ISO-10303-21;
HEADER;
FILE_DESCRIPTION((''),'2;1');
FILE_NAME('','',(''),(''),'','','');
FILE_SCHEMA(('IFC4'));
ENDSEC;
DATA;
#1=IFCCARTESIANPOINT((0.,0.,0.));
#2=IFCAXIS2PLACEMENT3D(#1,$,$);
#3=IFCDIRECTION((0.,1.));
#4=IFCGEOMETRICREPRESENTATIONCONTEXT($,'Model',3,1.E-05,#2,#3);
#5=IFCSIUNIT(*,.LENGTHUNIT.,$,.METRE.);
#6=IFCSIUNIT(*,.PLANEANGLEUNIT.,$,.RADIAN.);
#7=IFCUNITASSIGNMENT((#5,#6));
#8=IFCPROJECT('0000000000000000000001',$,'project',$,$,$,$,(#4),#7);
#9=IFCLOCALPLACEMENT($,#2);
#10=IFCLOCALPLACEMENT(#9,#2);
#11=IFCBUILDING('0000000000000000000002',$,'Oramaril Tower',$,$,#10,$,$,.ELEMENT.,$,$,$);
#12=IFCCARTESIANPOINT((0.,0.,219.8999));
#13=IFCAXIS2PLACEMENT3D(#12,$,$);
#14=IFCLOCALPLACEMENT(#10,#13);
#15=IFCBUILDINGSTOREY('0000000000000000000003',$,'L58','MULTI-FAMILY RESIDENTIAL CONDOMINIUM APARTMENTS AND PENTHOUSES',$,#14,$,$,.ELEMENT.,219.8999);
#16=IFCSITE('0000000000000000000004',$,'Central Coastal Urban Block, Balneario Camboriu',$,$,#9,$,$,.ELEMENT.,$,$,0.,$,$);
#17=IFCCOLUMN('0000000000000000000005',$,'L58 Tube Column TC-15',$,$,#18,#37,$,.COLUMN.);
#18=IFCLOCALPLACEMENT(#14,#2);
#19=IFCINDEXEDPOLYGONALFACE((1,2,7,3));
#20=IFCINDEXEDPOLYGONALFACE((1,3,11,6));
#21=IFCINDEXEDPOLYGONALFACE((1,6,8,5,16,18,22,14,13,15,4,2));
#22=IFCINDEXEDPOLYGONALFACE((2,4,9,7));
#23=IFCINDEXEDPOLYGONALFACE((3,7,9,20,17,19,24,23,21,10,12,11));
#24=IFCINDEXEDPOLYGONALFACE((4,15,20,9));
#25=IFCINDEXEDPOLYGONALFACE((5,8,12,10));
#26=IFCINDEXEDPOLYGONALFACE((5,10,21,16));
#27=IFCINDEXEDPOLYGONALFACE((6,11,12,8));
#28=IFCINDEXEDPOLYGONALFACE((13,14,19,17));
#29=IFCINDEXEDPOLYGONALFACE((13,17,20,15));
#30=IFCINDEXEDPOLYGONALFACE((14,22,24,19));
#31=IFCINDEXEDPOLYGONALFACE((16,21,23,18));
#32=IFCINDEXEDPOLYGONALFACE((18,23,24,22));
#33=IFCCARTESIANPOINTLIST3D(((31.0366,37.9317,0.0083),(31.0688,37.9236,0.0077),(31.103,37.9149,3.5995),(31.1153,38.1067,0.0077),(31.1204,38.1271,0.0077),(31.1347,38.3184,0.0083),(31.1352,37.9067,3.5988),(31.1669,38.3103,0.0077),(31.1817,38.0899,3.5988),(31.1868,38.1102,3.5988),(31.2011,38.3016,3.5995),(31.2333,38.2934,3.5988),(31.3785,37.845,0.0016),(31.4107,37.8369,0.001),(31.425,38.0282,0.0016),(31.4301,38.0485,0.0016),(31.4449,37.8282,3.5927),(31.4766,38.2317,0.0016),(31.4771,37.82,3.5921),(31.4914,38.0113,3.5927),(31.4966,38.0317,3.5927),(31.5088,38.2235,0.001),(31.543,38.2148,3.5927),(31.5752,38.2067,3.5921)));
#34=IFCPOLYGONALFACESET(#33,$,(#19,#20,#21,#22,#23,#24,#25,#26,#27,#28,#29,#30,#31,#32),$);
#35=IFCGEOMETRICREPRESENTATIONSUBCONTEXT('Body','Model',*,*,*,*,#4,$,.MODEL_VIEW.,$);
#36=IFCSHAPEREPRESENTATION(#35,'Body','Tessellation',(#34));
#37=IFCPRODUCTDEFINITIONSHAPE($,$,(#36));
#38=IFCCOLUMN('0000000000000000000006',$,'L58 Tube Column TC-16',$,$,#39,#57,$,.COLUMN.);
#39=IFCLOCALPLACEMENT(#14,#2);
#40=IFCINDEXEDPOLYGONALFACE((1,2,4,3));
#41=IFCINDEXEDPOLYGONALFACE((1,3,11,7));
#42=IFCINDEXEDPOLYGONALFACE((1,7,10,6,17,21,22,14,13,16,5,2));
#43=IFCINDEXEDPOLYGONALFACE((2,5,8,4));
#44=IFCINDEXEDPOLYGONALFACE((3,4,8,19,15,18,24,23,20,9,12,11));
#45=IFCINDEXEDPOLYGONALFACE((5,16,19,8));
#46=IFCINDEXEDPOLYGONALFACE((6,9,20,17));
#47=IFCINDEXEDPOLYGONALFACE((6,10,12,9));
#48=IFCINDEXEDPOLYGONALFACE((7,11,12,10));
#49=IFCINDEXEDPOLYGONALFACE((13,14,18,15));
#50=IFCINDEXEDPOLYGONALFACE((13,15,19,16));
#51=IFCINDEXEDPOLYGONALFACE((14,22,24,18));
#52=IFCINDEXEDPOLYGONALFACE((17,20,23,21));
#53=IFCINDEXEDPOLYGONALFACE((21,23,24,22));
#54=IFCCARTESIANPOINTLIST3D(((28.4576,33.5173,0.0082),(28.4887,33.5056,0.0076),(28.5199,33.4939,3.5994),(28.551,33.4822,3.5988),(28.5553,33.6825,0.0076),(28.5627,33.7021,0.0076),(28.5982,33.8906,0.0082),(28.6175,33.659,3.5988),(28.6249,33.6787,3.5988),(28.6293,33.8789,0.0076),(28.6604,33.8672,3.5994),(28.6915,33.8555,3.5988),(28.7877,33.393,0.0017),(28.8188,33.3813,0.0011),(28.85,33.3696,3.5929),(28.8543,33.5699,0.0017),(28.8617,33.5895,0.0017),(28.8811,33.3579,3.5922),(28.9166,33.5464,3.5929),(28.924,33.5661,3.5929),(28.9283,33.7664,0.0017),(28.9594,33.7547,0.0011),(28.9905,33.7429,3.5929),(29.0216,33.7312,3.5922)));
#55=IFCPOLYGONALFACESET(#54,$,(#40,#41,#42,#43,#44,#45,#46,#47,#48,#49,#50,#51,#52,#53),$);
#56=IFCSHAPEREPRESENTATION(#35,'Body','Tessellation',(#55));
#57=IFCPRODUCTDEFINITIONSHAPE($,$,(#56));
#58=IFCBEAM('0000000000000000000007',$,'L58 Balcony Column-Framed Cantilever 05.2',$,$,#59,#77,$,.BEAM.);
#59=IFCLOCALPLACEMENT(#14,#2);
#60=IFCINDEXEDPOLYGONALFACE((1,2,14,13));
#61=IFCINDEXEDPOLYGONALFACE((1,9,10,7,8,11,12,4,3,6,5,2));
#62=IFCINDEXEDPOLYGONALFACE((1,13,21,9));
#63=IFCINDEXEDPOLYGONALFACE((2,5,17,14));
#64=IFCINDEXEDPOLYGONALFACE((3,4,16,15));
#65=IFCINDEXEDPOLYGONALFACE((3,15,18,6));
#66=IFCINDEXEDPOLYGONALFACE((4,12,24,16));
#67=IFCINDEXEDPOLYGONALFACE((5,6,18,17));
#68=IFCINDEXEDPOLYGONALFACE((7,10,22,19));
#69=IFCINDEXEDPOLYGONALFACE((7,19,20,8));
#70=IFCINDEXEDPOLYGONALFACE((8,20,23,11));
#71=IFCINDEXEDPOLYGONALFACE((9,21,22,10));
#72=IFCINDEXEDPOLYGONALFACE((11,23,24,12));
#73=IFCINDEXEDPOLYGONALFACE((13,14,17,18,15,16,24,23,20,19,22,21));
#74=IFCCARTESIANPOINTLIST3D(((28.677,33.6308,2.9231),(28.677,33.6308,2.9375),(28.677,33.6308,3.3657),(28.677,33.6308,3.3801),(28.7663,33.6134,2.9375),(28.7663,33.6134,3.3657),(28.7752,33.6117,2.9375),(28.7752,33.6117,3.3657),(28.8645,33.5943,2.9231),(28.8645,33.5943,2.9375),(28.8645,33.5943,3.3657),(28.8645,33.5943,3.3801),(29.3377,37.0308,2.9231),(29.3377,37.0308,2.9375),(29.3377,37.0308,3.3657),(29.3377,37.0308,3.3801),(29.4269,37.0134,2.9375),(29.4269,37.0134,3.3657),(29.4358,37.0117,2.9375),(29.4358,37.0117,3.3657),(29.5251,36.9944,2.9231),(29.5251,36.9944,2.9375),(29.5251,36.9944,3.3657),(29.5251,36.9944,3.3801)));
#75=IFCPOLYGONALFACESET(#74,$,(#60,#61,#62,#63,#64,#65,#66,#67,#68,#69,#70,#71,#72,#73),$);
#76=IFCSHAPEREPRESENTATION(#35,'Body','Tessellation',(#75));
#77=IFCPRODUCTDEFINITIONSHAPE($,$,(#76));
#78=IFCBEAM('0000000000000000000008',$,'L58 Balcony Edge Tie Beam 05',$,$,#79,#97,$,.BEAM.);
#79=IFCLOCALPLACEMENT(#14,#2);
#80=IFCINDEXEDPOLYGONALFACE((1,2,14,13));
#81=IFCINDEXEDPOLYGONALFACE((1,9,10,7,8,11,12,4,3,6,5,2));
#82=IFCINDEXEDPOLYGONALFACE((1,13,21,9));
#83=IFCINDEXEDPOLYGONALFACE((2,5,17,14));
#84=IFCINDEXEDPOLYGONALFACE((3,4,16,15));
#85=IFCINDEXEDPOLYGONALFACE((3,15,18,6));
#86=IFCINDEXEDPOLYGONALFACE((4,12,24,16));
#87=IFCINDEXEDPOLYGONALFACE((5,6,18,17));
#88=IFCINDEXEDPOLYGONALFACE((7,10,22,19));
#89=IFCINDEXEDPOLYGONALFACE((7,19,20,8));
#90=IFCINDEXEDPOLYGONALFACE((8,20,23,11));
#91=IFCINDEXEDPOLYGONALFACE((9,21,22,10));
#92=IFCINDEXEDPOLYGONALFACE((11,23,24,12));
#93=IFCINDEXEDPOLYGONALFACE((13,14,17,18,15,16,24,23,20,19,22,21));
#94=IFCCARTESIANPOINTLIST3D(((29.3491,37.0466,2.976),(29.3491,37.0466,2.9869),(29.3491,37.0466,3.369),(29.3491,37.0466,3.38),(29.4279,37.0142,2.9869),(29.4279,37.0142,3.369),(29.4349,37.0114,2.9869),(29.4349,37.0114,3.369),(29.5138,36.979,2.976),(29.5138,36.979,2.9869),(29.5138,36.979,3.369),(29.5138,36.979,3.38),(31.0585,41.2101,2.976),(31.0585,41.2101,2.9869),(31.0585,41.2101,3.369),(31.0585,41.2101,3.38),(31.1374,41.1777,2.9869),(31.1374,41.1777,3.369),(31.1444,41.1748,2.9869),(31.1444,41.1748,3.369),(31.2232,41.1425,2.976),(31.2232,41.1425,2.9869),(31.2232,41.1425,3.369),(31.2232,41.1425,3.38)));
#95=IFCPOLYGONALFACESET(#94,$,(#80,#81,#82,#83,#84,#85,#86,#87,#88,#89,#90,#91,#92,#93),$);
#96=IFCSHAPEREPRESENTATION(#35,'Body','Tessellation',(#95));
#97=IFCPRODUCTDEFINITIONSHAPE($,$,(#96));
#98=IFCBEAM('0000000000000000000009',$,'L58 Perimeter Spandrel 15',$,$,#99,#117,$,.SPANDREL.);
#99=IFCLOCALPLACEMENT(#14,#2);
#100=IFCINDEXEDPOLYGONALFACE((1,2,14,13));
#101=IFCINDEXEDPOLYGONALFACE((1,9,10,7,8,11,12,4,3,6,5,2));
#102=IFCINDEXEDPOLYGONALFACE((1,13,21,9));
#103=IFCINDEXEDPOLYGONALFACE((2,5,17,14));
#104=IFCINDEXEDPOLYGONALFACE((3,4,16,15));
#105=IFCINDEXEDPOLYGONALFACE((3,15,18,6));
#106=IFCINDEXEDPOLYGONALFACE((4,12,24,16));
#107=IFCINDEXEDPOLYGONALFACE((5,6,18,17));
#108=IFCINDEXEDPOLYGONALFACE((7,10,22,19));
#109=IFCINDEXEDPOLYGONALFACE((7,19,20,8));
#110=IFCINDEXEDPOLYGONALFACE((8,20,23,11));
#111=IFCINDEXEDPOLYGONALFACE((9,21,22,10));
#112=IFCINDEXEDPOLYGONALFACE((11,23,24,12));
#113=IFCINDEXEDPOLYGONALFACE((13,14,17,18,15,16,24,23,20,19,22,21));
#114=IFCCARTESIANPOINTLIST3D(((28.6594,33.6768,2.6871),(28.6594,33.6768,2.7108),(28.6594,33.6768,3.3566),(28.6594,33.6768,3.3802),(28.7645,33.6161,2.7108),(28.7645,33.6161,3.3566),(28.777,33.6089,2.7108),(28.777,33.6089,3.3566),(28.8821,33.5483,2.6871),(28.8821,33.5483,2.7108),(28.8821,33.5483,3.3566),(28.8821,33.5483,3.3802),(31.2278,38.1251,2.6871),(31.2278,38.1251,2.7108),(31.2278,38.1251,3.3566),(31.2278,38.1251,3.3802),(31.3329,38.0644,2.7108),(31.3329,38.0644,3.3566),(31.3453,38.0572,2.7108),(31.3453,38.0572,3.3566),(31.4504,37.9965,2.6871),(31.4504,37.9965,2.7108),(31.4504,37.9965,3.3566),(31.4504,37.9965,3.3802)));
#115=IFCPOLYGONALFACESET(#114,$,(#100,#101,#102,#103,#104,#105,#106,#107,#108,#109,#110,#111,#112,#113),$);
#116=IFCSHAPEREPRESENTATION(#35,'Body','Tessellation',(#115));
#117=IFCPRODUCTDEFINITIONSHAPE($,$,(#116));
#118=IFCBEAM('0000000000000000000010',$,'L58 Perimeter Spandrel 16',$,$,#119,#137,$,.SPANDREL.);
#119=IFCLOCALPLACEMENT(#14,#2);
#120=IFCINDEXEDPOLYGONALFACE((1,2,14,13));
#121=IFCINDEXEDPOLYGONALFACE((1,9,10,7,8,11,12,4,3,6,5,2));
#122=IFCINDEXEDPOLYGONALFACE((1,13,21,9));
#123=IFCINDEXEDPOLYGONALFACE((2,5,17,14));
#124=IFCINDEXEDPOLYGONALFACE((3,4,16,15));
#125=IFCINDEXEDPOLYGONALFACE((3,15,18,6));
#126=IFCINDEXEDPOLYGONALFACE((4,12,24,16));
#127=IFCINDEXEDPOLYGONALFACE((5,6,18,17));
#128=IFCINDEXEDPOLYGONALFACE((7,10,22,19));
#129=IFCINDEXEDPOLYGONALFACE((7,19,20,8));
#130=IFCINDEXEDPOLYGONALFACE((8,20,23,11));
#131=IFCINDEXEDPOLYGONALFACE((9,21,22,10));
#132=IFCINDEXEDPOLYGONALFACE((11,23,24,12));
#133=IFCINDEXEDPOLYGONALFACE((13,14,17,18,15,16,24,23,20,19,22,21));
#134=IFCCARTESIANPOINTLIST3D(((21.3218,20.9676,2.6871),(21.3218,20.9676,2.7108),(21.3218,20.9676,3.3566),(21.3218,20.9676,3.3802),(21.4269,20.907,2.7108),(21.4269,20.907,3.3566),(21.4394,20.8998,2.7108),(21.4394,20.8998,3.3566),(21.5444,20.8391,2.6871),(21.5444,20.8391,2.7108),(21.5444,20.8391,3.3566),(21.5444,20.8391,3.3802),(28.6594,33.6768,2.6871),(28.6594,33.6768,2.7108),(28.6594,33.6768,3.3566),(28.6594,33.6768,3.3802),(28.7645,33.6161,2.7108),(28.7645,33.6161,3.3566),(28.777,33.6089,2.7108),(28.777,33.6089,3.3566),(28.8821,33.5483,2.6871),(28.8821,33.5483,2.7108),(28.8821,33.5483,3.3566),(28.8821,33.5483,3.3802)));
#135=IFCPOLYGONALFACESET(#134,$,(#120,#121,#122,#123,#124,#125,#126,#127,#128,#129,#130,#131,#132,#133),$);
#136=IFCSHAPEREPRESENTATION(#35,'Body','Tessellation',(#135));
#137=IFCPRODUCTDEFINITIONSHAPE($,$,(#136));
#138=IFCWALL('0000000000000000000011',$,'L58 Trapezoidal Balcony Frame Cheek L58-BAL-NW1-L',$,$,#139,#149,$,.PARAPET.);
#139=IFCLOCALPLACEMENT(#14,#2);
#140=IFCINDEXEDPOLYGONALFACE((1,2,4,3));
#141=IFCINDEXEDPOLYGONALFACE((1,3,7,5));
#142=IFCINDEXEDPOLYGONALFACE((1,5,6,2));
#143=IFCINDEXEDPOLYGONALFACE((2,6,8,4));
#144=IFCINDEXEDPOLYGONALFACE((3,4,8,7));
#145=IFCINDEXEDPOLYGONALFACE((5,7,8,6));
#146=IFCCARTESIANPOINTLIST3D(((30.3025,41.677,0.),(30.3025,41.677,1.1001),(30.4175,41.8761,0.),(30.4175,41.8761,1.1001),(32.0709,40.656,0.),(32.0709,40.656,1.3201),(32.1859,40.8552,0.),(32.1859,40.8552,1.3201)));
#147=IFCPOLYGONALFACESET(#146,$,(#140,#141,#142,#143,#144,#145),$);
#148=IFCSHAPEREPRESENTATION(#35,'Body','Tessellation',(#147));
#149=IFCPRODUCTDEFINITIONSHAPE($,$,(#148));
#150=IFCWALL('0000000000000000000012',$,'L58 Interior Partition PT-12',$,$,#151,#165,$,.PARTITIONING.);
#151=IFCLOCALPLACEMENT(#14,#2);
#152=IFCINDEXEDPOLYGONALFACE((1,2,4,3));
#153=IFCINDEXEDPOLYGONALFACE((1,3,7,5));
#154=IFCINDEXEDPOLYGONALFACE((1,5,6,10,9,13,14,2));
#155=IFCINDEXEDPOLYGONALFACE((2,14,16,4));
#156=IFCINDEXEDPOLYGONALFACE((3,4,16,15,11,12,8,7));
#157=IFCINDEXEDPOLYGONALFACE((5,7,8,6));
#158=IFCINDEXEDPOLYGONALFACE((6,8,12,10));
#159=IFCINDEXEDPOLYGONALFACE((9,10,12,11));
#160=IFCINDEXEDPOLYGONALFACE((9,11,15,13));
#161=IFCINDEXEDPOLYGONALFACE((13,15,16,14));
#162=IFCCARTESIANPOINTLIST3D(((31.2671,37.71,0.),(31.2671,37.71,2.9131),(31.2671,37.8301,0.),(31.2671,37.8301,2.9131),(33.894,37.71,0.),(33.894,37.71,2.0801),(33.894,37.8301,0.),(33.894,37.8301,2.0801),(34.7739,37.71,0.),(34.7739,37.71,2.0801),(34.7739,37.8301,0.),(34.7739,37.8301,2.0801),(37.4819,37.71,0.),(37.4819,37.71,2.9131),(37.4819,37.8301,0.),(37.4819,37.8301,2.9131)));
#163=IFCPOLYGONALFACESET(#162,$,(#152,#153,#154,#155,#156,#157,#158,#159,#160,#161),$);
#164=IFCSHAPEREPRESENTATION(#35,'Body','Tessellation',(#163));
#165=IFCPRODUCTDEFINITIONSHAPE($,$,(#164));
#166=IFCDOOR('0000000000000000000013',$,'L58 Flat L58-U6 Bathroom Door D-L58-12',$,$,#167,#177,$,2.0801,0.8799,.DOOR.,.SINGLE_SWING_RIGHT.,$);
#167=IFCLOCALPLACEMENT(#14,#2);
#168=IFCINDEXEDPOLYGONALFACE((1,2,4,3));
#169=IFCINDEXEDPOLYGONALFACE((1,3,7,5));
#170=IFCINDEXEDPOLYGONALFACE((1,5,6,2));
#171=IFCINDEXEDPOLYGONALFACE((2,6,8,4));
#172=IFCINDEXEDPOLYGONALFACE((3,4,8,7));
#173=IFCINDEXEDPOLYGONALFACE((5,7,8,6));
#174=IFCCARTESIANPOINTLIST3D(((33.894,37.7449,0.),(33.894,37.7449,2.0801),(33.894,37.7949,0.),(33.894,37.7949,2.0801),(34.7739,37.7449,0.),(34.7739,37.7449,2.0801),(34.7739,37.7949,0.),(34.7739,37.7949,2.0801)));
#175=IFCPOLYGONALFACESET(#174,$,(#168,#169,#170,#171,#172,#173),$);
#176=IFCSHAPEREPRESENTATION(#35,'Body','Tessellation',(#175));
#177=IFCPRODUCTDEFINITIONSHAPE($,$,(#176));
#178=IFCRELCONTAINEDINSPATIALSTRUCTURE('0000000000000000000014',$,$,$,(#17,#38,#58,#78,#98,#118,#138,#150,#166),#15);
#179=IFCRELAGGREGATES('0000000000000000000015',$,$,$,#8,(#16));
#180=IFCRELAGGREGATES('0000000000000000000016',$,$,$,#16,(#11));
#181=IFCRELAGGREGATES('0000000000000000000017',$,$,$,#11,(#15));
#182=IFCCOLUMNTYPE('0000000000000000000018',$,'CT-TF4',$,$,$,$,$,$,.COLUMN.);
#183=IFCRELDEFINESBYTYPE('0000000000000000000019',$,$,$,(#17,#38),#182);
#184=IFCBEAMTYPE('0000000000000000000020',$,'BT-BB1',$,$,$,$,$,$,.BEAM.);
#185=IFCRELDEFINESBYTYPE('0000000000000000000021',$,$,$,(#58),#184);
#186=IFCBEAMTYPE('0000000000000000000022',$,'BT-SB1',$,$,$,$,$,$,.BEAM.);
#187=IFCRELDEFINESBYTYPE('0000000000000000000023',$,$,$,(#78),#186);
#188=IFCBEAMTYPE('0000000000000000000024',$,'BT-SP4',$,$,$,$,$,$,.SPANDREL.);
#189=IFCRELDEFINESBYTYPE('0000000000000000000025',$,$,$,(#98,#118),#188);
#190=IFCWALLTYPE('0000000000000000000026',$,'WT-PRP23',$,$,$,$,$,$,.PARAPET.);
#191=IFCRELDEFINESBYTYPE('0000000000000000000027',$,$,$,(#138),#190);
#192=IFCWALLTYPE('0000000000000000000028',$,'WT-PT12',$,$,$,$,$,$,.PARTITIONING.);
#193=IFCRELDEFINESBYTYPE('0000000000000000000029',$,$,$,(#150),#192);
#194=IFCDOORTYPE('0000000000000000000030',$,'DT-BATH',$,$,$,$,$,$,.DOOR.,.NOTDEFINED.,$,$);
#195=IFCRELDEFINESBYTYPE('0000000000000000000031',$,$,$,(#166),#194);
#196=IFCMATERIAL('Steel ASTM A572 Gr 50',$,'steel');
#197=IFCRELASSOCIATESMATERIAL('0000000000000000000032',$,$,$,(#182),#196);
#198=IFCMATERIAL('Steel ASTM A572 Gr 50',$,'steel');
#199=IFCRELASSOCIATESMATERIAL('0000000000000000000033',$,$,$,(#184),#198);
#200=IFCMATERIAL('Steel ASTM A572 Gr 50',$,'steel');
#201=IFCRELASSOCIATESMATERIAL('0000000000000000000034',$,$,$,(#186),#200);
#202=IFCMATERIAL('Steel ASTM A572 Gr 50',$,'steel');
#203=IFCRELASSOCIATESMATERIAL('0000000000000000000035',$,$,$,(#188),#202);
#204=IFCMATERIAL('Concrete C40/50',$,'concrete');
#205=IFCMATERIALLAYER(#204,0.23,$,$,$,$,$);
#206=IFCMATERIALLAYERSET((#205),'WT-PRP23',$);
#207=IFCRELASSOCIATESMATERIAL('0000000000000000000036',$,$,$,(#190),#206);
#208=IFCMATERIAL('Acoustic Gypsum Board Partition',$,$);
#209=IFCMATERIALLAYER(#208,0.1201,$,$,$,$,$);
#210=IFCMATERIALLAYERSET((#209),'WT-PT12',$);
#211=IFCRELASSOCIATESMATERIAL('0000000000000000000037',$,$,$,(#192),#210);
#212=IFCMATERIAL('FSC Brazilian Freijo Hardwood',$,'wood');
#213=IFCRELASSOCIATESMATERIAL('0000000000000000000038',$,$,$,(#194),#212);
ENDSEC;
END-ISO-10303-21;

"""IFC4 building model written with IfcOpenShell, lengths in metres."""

from ifc_helpers import new_model, si_unit, direction, frame, frame_2d, origin, origin_2d, place, context, subcontext, project, spatial, polyline, rectangle, i_section, outline, extrude, material, layer, layer_set, material_profile, profile_set, type_object, element, fill, save


model = new_model("IFC4")

# Units and contexts
model_context = context("Model", 3, precision=1e-05, world=origin(), true_north=direction((0.0, 1.0)))
body_context = subcontext(model_context, "Body", "Model", "MODEL_VIEW")
ifc_project = project(units=[si_unit("LENGTHUNIT", "METRE"), si_unit("PLANEANGLEUNIT", "RADIAN")], contexts=[model_context])

# Site, building, storey
site_placement = place(None, origin())
site = spatial("IfcSite", under=ifc_project, at=site_placement, Name="Central Coastal Urban Block, Balneario Camboriu", CompositionType="ELEMENT", RefElevation=0.0)
building_placement = place(site_placement, origin())
building = spatial("IfcBuilding", under=site, at=building_placement, Name="Oramaril Tower", CompositionType="ELEMENT")
storey_placement = place(building_placement, frame((0.0, 0.0, 219.8999)))
storey = spatial("IfcBuildingStorey", under=building, at=storey_placement, Name="L58", Description="MULTI-FAMILY RESIDENTIAL CONDOMINIUM APARTMENTS AND PENTHOUSES", CompositionType="ELEMENT", Elevation=219.8999)

# Columns
ifc_material_1 = material(Name="Steel ASTM A572 Gr 50", Category="steel")
ifc_material_profile_1 = material_profile(ifc_material_1, i_section(OverallWidth=0.3989, OverallDepth=0.386, WebThickness=0.021, FlangeThickness=0.0332, at=origin_2d()), Name="W14X176")
ifc_profile_set_1 = profile_set([ifc_material_profile_1], Name="Steel ASTM A572 Gr 50")
column_type = type_object("IfcColumnType", Name="CT-TF4", PredefinedType="COLUMN", material=ifc_profile_set_1)
for number, where, z_axis, x_axis, name in (
    (1, (31.2727, 38.0776, 0.0046), (0.018489, -0.00469, 0.999818), (0.245888, 0.969298, 0.0), "L58 Tube Column TC-15"),
    (2, (28.7085, 33.636, 0.0046), (0.017333, -0.006525, 0.999828), (0.35233, 0.935876, 0.0), "L58 Tube Column TC-16"),
):
    element("IfcColumn", number, at=place(storey_placement, frame(where, z_axis=z_axis, x_axis=x_axis)), inside=storey, type_object=column_type, Name=name, PredefinedType="COLUMN", context=body_context, shape_type="SweptSolid", body=[
        extrude(i_section(OverallWidth=0.3989, OverallDepth=0.386, WebThickness=0.021, FlangeThickness=0.0332, at=origin_2d()), origin(), (0.0, 0.0, 1.0), 3.5918),
    ])

# Beams
ifc_material_2 = material(Name="Steel ASTM A572 Gr 50", Category="steel")
ifc_material_profile_2 = material_profile(ifc_material_2, i_section(OverallWidth=0.1909, OverallDepth=0.457, WebThickness=0.009, FlangeThickness=0.0144, at=origin_2d()), Name="W18X50")
ifc_profile_set_2 = profile_set([ifc_material_profile_2], Name="Steel ASTM A572 Gr 50")
beam_type_1 = type_object("IfcBeamType", Name="BT-BB1", PredefinedType="BEAM", material=ifc_profile_set_2)
beam_1_placement = place(storey_placement, frame((28.7708, 33.6125, 3.1516), z_axis=(0.190732, 0.981642, 0.0), x_axis=(-0.981642, 0.190732, 0.0)))
element("IfcBeam", 3, at=beam_1_placement, inside=storey, type_object=beam_type_1, Name="L58 Balcony Column-Framed Cantilever 05.2", PredefinedType="BEAM", context=body_context, shape_type="SweptSolid", body=[
    extrude(i_section(OverallWidth=0.1909, OverallDepth=0.457, WebThickness=0.009, FlangeThickness=0.0144, at=origin_2d()), origin(), (0.0, 0.0, 1.0), 3.4636),
])
ifc_material_3 = material(Name="Steel ASTM A572 Gr 50", Category="steel")
ifc_material_profile_3 = material_profile(ifc_material_3, i_section(OverallWidth=0.178, OverallDepth=0.4041, WebThickness=0.0076, FlangeThickness=0.011, at=origin_2d()), Name="W16X36")
ifc_profile_set_3 = profile_set([ifc_material_profile_3], Name="Steel ASTM A572 Gr 50")
beam_type_2 = type_object("IfcBeamType", Name="BT-SB1", PredefinedType="BEAM", material=ifc_profile_set_3)
beam_2_placement = place(storey_placement, frame((31.1409, 41.1763, 3.178), z_axis=(-0.379811, -0.925064, 0.0), x_axis=(0.925064, -0.379811, 0.0)))
element("IfcBeam", 4, at=beam_2_placement, inside=storey, type_object=beam_type_2, Name="L58 Balcony Edge Tie Beam 05", PredefinedType="BEAM", context=body_context, shape_type="SweptSolid", body=[
    extrude(i_section(OverallWidth=0.178, OverallDepth=0.4041, WebThickness=0.0076, FlangeThickness=0.011, at=origin_2d()), origin(), (0.0, 0.0, 1.0), 4.5007),
])
ifc_material_4 = material(Name="Steel ASTM A572 Gr 50", Category="steel")
ifc_material_profile_4 = material_profile(ifc_material_4, i_section(OverallWidth=0.2571, OverallDepth=0.6931, WebThickness=0.0144, FlangeThickness=0.0237, at=origin_2d()), Name="W27X114")
ifc_profile_set_4 = profile_set([ifc_material_profile_4], Name="Steel ASTM A572 Gr 50")
beam_type_3 = type_object("IfcBeamType", Name="BT-SP4", PredefinedType="SPANDREL", material=ifc_profile_set_4)
beam_3_placement = place(storey_placement, frame((31.3391, 38.0608, 3.0337), z_axis=(-0.500024, -0.866011, 0.0), x_axis=(0.866011, -0.500024, 0.0)))
element("IfcBeam", 5, at=beam_3_placement, inside=storey, type_object=beam_type_3, Name="L58 Perimeter Spandrel 15", PredefinedType="SPANDREL", context=body_context, shape_type="SweptSolid", body=[
    extrude(i_section(OverallWidth=0.2571, OverallDepth=0.6931, WebThickness=0.0144, FlangeThickness=0.0237, at=origin_2d()), origin(), (0.0, 0.0, 1.0), 5.1365),
])
beam_4_placement = place(storey_placement, frame((28.7708, 33.6125, 3.0337), z_axis=(-0.499998, -0.866026, 0.0), x_axis=(0.866026, -0.499998, 0.0)))
element("IfcBeam", 6, at=beam_4_placement, inside=storey, type_object=beam_type_3, Name="L58 Perimeter Spandrel 16", PredefinedType="SPANDREL", context=body_context, shape_type="SweptSolid", body=[
    extrude(i_section(OverallWidth=0.2571, OverallDepth=0.6931, WebThickness=0.0144, FlangeThickness=0.0237, at=origin_2d()), origin(), (0.0, 0.0, 1.0), 14.6753),
])

# Wall
ifc_material_5 = material(Name="Concrete C40/50", Category="concrete")
ifc_layer_1 = layer(ifc_material_5, 0.23)
ifc_layer_set_1 = layer_set([ifc_layer_1], Name="WT-PRP23")
wall_type_1 = type_object("IfcWallType", Name="WT-PRP23", PredefinedType="PARAPET", material=ifc_layer_set_1)
wall_1_placement = place(storey_placement, frame((32.1284, 40.7556, 0.0), z_axis=(0.0, 0.0, 1.0), x_axis=(-0.866042, 0.499971, 0.0)))
element("IfcWall", 7, at=wall_1_placement, inside=storey, type_object=wall_type_1, Name="L58 Trapezoidal Balcony Frame Cheek L58-BAL-NW1-L", PredefinedType="PARAPET", context=body_context, shape_type="SweptSolid", body=[
    extrude(outline(polyline([(0.0, 0.0), (2.042, 0.0), (2.042, 1.1001), (0.0, 1.3201), (0.0, 0.0)])), frame((0.0, 0.115, 0.0), z_axis=(0.0, -1.0, 0.0), x_axis=(1.0, 0.0, 0.0)), (0.0, 0.0, 1.0), 0.23),
])

# Wall, opening, door
ifc_material_6 = material(Name="Acoustic Gypsum Board Partition")
ifc_layer_2 = layer(ifc_material_6, 0.1201)
ifc_layer_set_2 = layer_set([ifc_layer_2], Name="WT-PT12")
wall_type_2 = type_object("IfcWallType", Name="WT-PT12", PredefinedType="PARTITIONING", material=ifc_layer_set_2)
wall_2_placement = place(storey_placement, frame((31.2671, 37.77, 0.0), z_axis=(0.0, 0.0, 1.0), x_axis=(1.0, 0.0, 0.0)))
wall_2 = element("IfcWall", 8, at=wall_2_placement, inside=storey, type_object=wall_type_2, Name="L58 Interior Partition PT-12", PredefinedType="PARTITIONING", context=body_context, shape_type="SweptSolid", body=[
    extrude(rectangle(XDim=6.2148, YDim=0.1201, at=frame_2d((3.1074, 0.0))), origin(), (0.0, 0.0, 1.0), 2.9131),
])
opening_placement = place(wall_2_placement, frame((2.627, 0.0, 0.0)))
opening = element("IfcOpeningElement", 9, at=opening_placement, cuts=wall_2, PredefinedType="OPENING", context=body_context, shape_type="SweptSolid", body=[
    extrude(rectangle(XDim=0.8799, YDim=2.0801, at=frame_2d((0.4399, 1.04))), frame((0.0, 0.0601, 0.0), z_axis=(0.0, -1.0, 0.0), x_axis=(1.0, 0.0, 0.0)), (0.0, 0.0, 1.0), 0.1201),
])
ifc_material_7 = material(Name="FSC Brazilian Freijo Hardwood", Category="wood")
door_type = type_object("IfcDoorType", Name="DT-BATH", OperationType="NOTDEFINED", PredefinedType="DOOR", material=ifc_material_7)
door_placement = place(opening_placement, origin())
door = element("IfcDoor", 10, at=door_placement, inside=storey, type_object=door_type, Name="L58 Flat L58-U6 Bathroom Door D-L58-12", OperationType="SINGLE_SWING_RIGHT", OverallHeight=2.0801, OverallWidth=0.8799, PredefinedType="DOOR", context=body_context, shape_type="SweptSolid", body=[
    extrude(rectangle(XDim=0.8799, YDim=2.0801, at=frame_2d((0.4399, 1.04))), frame((0.0, 0.0249, 0.0), z_axis=(0.0, -1.0, 0.0), x_axis=(1.0, 0.0, 0.0)), (0.0, 0.0, 1.0), 0.05),
])
fill(opening, door)

save(model, "model.ifc")
